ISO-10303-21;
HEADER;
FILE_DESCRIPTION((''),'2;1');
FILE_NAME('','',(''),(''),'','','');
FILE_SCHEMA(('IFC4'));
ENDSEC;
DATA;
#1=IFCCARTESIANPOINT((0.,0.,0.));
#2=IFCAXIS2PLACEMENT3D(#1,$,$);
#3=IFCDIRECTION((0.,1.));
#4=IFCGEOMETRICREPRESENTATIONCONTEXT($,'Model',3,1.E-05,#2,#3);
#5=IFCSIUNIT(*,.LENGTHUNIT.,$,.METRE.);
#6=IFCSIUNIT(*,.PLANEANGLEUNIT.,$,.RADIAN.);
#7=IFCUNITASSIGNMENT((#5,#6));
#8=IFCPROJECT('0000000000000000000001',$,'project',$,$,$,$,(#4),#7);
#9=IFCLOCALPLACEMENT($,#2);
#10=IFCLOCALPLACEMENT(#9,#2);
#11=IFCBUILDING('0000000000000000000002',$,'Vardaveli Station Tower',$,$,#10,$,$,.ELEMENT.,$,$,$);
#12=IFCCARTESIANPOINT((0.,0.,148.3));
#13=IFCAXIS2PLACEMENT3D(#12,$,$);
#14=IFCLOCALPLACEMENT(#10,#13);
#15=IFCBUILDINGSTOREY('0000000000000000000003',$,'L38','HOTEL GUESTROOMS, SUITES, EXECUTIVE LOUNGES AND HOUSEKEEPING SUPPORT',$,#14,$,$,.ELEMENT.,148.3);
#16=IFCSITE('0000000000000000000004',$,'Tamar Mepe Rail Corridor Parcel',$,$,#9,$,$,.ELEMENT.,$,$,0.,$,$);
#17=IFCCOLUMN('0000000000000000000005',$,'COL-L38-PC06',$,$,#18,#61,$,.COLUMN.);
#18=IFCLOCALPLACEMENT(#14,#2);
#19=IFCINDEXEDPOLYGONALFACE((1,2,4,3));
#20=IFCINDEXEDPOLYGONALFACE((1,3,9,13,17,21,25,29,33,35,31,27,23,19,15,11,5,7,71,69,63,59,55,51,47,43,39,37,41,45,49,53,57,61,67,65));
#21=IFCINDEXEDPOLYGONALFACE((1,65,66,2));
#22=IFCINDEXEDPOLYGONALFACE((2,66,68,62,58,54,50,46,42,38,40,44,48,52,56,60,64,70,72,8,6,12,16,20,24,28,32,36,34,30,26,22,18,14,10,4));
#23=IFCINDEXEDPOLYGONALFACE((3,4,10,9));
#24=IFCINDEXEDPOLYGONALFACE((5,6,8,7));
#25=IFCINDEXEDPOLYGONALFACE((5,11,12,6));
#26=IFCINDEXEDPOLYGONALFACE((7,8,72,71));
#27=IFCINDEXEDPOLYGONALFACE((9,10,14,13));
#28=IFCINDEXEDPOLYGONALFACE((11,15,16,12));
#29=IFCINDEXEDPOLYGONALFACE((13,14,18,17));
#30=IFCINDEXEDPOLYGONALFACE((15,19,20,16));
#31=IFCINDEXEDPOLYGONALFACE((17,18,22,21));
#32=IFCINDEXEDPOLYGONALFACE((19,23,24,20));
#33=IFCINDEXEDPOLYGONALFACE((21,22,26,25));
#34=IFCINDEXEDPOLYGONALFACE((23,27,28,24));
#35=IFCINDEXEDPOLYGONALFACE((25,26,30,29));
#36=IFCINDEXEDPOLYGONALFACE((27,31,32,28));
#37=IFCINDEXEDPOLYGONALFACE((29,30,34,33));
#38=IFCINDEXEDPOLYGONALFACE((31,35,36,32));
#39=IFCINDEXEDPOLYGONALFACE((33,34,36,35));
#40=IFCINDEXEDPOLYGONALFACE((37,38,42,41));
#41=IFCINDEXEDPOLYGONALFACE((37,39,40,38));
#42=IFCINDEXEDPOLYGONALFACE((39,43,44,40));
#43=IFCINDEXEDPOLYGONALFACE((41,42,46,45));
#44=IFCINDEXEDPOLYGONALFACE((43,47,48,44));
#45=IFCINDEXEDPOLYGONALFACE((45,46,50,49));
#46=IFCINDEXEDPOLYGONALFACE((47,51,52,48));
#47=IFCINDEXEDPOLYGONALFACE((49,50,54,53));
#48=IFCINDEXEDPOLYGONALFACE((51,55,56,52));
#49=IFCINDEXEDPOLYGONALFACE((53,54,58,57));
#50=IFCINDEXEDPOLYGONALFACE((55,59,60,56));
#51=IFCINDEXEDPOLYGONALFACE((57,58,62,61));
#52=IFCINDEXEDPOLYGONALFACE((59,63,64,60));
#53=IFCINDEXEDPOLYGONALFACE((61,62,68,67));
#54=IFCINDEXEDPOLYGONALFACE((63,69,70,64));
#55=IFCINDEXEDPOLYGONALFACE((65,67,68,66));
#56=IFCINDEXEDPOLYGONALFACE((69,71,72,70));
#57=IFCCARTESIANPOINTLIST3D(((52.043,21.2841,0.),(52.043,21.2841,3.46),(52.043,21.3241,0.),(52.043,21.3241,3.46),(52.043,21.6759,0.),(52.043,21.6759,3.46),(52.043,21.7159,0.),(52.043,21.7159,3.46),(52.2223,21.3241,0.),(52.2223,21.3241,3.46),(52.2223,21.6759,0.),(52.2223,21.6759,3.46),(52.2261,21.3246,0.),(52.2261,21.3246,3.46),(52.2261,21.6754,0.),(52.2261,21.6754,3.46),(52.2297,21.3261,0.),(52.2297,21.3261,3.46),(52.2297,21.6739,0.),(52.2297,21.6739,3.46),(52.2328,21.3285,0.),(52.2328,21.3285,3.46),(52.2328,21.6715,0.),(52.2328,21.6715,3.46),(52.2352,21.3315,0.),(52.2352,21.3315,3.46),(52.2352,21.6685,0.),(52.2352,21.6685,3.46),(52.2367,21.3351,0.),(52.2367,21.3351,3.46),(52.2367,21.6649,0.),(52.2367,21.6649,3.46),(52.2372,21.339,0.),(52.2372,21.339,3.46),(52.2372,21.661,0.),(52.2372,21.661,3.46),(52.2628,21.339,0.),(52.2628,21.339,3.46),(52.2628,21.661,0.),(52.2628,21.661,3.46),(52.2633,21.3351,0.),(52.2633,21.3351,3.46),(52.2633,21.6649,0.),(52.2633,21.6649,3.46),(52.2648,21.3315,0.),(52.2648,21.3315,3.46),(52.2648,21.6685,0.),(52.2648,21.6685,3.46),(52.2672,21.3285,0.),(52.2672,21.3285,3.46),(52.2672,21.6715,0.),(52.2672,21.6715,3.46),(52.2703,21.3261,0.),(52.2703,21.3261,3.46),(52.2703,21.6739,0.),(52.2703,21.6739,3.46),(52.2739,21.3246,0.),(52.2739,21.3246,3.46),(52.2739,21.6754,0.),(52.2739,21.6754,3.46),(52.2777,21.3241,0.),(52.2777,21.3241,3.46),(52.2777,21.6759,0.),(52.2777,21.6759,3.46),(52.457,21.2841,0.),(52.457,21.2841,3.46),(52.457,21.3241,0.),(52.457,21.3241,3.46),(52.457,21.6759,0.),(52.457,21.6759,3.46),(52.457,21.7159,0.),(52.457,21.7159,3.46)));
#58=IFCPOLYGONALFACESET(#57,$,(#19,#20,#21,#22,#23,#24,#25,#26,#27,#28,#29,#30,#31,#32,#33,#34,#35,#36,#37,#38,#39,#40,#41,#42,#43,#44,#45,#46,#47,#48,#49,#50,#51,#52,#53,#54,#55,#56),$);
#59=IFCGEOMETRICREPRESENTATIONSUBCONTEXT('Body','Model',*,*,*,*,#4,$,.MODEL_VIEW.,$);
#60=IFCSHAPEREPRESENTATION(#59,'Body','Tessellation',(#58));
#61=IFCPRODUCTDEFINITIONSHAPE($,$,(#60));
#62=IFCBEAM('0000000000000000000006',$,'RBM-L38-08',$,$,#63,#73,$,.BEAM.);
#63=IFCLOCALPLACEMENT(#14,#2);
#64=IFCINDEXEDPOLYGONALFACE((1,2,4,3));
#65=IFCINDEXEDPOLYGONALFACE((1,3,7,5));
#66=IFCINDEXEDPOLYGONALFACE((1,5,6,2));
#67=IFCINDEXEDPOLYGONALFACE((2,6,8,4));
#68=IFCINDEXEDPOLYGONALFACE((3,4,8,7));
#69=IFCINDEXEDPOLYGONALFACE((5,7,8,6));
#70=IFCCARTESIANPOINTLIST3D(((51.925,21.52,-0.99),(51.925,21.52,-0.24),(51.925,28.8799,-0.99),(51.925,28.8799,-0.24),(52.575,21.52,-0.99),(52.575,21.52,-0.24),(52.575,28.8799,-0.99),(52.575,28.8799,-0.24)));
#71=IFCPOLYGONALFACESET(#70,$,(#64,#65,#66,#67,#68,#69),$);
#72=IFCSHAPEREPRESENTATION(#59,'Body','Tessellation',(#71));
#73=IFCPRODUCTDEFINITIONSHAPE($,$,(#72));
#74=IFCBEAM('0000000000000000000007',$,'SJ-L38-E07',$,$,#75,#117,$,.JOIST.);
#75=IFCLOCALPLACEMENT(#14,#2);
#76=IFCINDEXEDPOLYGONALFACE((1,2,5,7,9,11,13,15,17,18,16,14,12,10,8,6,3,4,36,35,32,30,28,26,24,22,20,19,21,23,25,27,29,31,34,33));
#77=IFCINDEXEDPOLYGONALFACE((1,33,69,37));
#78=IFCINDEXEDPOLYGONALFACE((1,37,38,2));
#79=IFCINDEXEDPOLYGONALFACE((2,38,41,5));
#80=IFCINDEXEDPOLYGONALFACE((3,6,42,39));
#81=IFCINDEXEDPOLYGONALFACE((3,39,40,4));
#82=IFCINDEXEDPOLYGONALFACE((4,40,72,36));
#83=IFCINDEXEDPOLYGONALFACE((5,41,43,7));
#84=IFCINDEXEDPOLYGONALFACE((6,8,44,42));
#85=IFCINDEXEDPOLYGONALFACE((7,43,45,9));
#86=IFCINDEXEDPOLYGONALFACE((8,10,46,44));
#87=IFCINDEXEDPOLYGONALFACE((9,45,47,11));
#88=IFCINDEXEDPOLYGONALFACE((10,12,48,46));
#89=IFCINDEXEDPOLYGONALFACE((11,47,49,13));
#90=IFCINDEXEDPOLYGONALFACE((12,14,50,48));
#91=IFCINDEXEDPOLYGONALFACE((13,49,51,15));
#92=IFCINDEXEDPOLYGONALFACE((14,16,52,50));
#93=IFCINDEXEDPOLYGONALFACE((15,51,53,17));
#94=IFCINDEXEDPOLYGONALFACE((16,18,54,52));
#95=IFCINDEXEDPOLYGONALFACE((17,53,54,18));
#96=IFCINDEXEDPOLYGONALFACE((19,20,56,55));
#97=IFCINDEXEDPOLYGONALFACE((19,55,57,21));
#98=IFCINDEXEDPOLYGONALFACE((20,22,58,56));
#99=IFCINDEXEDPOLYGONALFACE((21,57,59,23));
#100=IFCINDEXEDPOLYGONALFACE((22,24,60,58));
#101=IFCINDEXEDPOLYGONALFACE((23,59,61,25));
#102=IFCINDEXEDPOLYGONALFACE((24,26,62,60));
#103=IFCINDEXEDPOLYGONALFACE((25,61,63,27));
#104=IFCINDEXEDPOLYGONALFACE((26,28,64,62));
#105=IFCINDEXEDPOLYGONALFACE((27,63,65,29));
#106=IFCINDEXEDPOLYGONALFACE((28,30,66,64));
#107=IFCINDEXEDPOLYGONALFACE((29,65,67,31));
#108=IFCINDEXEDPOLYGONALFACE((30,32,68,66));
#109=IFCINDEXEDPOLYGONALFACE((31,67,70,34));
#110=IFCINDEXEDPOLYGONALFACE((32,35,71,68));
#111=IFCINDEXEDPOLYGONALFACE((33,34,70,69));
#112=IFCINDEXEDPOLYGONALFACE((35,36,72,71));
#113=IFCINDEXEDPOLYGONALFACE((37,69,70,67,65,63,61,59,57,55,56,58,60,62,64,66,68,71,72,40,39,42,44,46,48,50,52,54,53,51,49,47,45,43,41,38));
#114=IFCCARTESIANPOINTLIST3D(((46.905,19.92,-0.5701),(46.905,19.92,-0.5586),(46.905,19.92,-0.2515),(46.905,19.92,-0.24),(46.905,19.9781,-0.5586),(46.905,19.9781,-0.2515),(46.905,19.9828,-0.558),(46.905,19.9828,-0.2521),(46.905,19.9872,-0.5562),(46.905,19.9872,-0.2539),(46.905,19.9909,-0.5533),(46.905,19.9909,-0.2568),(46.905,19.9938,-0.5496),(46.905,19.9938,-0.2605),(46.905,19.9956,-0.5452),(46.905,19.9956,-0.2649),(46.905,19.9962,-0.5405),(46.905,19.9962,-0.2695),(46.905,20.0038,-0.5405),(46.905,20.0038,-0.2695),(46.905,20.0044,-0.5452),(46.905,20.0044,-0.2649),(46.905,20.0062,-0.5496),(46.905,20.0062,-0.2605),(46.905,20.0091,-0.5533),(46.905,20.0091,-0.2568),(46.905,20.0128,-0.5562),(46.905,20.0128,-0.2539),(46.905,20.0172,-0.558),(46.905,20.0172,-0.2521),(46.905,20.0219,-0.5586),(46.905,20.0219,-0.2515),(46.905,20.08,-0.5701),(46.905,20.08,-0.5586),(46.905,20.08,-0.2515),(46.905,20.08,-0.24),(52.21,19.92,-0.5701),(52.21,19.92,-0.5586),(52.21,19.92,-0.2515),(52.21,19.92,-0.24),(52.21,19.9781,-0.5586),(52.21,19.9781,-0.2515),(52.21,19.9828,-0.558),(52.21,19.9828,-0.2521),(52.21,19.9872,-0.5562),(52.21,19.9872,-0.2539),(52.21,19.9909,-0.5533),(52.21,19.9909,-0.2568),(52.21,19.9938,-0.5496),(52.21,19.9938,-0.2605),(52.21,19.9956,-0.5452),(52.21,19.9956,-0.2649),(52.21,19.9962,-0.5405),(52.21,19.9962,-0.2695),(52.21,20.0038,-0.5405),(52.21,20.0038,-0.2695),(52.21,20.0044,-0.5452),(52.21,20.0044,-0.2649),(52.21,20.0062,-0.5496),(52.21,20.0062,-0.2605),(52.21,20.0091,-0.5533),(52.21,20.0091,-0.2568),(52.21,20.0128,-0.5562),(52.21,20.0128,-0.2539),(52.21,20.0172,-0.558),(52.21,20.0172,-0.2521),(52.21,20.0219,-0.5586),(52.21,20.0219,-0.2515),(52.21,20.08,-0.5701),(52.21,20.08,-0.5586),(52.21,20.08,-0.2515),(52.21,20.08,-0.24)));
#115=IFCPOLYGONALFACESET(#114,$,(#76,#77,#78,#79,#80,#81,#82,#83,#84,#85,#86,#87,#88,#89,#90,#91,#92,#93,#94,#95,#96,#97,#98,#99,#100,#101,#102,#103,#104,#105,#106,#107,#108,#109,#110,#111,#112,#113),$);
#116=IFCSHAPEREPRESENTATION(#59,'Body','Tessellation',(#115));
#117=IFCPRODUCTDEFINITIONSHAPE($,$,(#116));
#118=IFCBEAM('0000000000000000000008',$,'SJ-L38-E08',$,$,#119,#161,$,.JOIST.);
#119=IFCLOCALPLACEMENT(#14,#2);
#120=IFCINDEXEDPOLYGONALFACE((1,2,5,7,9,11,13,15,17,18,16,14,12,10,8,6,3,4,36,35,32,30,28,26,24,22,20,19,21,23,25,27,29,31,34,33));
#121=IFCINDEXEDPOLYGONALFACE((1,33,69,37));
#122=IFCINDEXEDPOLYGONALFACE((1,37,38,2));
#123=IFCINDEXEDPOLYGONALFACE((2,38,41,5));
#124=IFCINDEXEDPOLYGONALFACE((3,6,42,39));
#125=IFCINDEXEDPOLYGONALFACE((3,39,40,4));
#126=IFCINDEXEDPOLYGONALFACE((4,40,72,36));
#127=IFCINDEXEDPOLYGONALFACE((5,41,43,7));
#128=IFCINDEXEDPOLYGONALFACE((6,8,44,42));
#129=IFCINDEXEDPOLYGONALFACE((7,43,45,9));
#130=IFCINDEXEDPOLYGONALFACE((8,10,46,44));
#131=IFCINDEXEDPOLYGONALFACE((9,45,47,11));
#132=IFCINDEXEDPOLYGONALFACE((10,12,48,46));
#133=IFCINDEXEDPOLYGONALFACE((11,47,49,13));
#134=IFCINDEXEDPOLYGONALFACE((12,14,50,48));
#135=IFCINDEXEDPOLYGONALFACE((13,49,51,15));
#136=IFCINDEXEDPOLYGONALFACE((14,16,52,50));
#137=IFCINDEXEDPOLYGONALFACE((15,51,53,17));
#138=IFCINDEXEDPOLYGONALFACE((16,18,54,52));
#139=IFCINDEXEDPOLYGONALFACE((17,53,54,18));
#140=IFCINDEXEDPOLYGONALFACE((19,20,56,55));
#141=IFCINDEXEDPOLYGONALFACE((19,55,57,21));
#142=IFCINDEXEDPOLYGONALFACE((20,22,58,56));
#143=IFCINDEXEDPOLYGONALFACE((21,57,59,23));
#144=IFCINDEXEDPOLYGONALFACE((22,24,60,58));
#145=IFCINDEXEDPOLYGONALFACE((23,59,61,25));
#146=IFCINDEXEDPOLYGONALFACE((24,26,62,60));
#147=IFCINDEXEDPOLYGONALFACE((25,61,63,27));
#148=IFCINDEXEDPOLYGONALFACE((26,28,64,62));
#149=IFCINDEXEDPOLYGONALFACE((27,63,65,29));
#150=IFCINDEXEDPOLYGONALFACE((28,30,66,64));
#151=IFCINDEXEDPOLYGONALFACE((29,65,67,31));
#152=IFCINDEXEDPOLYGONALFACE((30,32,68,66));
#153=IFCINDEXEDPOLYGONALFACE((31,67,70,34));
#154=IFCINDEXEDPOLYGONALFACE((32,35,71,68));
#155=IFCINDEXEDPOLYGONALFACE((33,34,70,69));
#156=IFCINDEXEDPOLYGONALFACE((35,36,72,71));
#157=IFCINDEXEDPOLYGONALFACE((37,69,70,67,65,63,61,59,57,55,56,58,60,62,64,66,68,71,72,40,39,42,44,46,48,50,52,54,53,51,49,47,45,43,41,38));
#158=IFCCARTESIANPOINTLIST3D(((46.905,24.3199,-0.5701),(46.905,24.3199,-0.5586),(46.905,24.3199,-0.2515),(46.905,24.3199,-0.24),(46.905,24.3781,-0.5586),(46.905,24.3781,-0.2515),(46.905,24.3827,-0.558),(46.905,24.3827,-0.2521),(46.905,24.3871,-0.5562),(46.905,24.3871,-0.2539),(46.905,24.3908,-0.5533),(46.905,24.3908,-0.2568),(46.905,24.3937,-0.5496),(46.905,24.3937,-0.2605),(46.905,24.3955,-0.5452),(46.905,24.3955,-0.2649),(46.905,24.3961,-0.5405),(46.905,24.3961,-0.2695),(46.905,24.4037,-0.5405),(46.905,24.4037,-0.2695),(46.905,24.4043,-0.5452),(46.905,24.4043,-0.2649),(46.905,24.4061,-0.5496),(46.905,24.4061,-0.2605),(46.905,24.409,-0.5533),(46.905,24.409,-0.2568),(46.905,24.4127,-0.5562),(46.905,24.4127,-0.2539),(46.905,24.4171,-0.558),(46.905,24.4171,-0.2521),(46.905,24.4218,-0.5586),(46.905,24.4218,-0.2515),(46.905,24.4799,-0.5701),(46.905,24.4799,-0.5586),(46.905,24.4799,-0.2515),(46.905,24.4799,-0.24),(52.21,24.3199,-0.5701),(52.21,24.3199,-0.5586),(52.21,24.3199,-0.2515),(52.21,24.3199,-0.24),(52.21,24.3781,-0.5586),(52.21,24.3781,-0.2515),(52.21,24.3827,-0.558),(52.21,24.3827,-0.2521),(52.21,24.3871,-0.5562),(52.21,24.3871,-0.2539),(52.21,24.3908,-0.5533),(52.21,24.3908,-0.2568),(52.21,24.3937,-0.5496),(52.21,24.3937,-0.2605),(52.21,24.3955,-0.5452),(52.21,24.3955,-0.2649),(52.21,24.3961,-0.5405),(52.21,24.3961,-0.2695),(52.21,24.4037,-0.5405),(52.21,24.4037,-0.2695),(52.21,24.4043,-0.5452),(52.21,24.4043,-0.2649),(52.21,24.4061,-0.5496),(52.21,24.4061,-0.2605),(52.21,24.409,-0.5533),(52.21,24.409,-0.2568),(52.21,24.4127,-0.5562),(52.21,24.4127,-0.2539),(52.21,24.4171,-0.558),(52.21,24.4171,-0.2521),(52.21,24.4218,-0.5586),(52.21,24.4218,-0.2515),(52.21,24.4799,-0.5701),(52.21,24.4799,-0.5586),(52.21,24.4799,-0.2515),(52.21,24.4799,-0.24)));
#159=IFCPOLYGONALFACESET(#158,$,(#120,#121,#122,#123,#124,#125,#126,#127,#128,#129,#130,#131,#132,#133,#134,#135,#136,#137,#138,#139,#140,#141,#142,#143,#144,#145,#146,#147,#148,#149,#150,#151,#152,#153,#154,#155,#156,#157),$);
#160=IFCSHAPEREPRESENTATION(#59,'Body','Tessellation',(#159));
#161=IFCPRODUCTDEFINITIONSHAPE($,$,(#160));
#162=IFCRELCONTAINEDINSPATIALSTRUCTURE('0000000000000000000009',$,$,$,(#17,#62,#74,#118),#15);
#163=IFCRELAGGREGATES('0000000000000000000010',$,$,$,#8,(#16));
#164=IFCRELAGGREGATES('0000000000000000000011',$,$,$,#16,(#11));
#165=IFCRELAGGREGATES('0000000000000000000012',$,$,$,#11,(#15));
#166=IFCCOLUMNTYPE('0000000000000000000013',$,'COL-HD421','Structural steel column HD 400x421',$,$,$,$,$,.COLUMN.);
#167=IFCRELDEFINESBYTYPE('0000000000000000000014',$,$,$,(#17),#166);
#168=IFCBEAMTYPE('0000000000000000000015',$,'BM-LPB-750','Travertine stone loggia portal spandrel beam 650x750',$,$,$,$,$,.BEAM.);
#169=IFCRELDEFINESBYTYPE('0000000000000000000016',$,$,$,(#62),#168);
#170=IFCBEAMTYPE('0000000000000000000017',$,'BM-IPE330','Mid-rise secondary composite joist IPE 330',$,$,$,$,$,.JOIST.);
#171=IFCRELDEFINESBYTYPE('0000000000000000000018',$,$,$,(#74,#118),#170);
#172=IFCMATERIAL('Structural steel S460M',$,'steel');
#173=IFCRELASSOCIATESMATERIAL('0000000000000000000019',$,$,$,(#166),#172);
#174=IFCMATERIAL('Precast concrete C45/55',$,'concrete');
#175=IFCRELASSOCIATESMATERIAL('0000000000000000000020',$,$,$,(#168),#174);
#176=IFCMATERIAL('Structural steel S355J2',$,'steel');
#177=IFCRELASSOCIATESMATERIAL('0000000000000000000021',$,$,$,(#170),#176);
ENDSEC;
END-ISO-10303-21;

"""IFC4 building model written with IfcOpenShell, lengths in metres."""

from ifc_helpers import new_model, si_unit, direction, frame, origin, origin_2d, place, context, subcontext, project, spatial, rectangle, i_section, extrude, source, transform, mapped, material, material_profile, profile_set, type_object, element, save


model = new_model("IFC4")

# Units and contexts
model_context = context("Model", 3, precision=1e-05, world=origin(), true_north=direction((0.0, 1.0)))
body_context = subcontext(model_context, "Body", "Model", "MODEL_VIEW")
ifc_project = project(units=[si_unit("LENGTHUNIT", "METRE"), si_unit("PLANEANGLEUNIT", "RADIAN")], contexts=[model_context])

# Site, building, storey
site_placement = place(None, origin())
site = spatial("IfcSite", under=ifc_project, at=site_placement, Name="Tamar Mepe Rail Corridor Parcel", CompositionType="ELEMENT", RefElevation=0.0)
building_placement = place(site_placement, origin())
building = spatial("IfcBuilding", under=site, at=building_placement, Name="Vardaveli Station Tower", CompositionType="ELEMENT")
storey_placement = place(building_placement, frame((0.0, 0.0, 148.3)))
storey = spatial("IfcBuildingStorey", under=building, at=storey_placement, Name="L38", Description="HOTEL GUESTROOMS, SUITES, EXECUTIVE LOUNGES AND HOUSEKEEPING SUPPORT", CompositionType="ELEMENT", Elevation=148.3)

# Column
ifc_material_1 = material(Name="Structural steel S460M", Category="steel")
ifc_material_profile_1 = material_profile(ifc_material_1, i_section(OverallWidth=0.4141, OverallDepth=0.4319, WebThickness=0.0256, FlangeThickness=0.04, FilletRadius=0.0149, at=origin_2d()), Name="HD 400x421")
ifc_profile_set_1 = profile_set([ifc_material_profile_1], Name="Structural steel S460M")
column_type = type_object("IfcColumnType", Name="COL-HD421", Description="Structural steel column HD 400x421", PredefinedType="COLUMN", material=ifc_profile_set_1)
shared_shape_1 = source(origin(), body_context, "Body", "SweptSolid", [
    extrude(i_section(OverallWidth=0.4141, OverallDepth=0.4319, WebThickness=0.0256, FlangeThickness=0.04, FilletRadius=0.0149, at=origin_2d()), origin(), (0.0, 0.0, 1.0), 3.46),
])
column_placement = place(storey_placement, frame((52.25, 21.5, 0.0), z_axis=(0.0, 0.0, 1.0), x_axis=(1.0, 0.0, 0.0)))
element("IfcColumn", 1, at=column_placement, inside=storey, type_object=column_type, Name="COL-L38-PC06", PredefinedType="COLUMN", context=body_context, shape_type="MappedRepresentation", body=[
    mapped(shared_shape_1, transform((0.0, 0.0, 0.0), scale=1.0)),
])

# Beams
ifc_material_2 = material(Name="Precast concrete C45/55", Category="concrete")
ifc_material_profile_2 = material_profile(ifc_material_2, rectangle(XDim=0.6499, YDim=0.75, at=origin_2d()), Name="LPB 650x750")
ifc_profile_set_2 = profile_set([ifc_material_profile_2], Name="Precast concrete C45/55")
beam_type_1 = type_object("IfcBeamType", Name="BM-LPB-750", Description="Travertine stone loggia portal spandrel beam 650x750", PredefinedType="BEAM", material=ifc_profile_set_2)
shared_shape_2 = source(origin(), body_context, "Body", "SweptSolid", [
    extrude(rectangle(XDim=0.6499, YDim=0.75, at=origin_2d()), origin(), (0.0, 0.0, 1.0), 7.3599),
])
beam_1_placement = place(storey_placement, frame((52.25, 21.52, -0.615), z_axis=(0.0, 1.0, 0.0), x_axis=(-1.0, 0.0, 0.0)))
element("IfcBeam", 2, at=beam_1_placement, inside=storey, type_object=beam_type_1, Name="RBM-L38-08", PredefinedType="BEAM", context=body_context, shape_type="MappedRepresentation", body=[
    mapped(shared_shape_2, transform((0.0, 0.0, 0.0), scale=1.0)),
])
ifc_material_3 = material(Name="Structural steel S355J2", Category="steel")
ifc_material_profile_3 = material_profile(ifc_material_3, i_section(OverallWidth=0.1599, OverallDepth=0.3301, WebThickness=0.0076, FlangeThickness=0.0115, FilletRadius=0.0181, at=origin_2d()), Name="IPE 330")
ifc_profile_set_3 = profile_set([ifc_material_profile_3], Name="Structural steel S355J2")
beam_type_2 = type_object("IfcBeamType", Name="BM-IPE330", Description="Mid-rise secondary composite joist IPE 330", PredefinedType="JOIST", material=ifc_profile_set_3)
shared_shape_3 = source(origin(), body_context, "Body", "SweptSolid", [
    extrude(i_section(OverallWidth=0.1599, OverallDepth=0.3301, WebThickness=0.0076, FlangeThickness=0.0115, FilletRadius=0.0181, at=origin_2d()), origin(), (0.0, 0.0, 1.0), 5.3049),
])
for number, where, z_axis, x_axis, name in (
    (3, (46.905, 20.0, -0.405), (1.0, 0.0, 0.0), (0.0, 1.0, 0.0), "SJ-L38-E07"),
    (4, (46.905, 24.3999, -0.405), (1.0, 0.0, 0.0), (0.0, 1.0, 0.0), "SJ-L38-E08"),
):
    element("IfcBeam", number, at=place(storey_placement, frame(where, z_axis=z_axis, x_axis=x_axis)), inside=storey, type_object=beam_type_2, Name=name, PredefinedType="JOIST", context=body_context, shape_type="MappedRepresentation", body=[
        mapped(shared_shape_3, transform((0.0, 0.0, 0.0), scale=1.0)),
    ])

save(model, "model.ifc")
